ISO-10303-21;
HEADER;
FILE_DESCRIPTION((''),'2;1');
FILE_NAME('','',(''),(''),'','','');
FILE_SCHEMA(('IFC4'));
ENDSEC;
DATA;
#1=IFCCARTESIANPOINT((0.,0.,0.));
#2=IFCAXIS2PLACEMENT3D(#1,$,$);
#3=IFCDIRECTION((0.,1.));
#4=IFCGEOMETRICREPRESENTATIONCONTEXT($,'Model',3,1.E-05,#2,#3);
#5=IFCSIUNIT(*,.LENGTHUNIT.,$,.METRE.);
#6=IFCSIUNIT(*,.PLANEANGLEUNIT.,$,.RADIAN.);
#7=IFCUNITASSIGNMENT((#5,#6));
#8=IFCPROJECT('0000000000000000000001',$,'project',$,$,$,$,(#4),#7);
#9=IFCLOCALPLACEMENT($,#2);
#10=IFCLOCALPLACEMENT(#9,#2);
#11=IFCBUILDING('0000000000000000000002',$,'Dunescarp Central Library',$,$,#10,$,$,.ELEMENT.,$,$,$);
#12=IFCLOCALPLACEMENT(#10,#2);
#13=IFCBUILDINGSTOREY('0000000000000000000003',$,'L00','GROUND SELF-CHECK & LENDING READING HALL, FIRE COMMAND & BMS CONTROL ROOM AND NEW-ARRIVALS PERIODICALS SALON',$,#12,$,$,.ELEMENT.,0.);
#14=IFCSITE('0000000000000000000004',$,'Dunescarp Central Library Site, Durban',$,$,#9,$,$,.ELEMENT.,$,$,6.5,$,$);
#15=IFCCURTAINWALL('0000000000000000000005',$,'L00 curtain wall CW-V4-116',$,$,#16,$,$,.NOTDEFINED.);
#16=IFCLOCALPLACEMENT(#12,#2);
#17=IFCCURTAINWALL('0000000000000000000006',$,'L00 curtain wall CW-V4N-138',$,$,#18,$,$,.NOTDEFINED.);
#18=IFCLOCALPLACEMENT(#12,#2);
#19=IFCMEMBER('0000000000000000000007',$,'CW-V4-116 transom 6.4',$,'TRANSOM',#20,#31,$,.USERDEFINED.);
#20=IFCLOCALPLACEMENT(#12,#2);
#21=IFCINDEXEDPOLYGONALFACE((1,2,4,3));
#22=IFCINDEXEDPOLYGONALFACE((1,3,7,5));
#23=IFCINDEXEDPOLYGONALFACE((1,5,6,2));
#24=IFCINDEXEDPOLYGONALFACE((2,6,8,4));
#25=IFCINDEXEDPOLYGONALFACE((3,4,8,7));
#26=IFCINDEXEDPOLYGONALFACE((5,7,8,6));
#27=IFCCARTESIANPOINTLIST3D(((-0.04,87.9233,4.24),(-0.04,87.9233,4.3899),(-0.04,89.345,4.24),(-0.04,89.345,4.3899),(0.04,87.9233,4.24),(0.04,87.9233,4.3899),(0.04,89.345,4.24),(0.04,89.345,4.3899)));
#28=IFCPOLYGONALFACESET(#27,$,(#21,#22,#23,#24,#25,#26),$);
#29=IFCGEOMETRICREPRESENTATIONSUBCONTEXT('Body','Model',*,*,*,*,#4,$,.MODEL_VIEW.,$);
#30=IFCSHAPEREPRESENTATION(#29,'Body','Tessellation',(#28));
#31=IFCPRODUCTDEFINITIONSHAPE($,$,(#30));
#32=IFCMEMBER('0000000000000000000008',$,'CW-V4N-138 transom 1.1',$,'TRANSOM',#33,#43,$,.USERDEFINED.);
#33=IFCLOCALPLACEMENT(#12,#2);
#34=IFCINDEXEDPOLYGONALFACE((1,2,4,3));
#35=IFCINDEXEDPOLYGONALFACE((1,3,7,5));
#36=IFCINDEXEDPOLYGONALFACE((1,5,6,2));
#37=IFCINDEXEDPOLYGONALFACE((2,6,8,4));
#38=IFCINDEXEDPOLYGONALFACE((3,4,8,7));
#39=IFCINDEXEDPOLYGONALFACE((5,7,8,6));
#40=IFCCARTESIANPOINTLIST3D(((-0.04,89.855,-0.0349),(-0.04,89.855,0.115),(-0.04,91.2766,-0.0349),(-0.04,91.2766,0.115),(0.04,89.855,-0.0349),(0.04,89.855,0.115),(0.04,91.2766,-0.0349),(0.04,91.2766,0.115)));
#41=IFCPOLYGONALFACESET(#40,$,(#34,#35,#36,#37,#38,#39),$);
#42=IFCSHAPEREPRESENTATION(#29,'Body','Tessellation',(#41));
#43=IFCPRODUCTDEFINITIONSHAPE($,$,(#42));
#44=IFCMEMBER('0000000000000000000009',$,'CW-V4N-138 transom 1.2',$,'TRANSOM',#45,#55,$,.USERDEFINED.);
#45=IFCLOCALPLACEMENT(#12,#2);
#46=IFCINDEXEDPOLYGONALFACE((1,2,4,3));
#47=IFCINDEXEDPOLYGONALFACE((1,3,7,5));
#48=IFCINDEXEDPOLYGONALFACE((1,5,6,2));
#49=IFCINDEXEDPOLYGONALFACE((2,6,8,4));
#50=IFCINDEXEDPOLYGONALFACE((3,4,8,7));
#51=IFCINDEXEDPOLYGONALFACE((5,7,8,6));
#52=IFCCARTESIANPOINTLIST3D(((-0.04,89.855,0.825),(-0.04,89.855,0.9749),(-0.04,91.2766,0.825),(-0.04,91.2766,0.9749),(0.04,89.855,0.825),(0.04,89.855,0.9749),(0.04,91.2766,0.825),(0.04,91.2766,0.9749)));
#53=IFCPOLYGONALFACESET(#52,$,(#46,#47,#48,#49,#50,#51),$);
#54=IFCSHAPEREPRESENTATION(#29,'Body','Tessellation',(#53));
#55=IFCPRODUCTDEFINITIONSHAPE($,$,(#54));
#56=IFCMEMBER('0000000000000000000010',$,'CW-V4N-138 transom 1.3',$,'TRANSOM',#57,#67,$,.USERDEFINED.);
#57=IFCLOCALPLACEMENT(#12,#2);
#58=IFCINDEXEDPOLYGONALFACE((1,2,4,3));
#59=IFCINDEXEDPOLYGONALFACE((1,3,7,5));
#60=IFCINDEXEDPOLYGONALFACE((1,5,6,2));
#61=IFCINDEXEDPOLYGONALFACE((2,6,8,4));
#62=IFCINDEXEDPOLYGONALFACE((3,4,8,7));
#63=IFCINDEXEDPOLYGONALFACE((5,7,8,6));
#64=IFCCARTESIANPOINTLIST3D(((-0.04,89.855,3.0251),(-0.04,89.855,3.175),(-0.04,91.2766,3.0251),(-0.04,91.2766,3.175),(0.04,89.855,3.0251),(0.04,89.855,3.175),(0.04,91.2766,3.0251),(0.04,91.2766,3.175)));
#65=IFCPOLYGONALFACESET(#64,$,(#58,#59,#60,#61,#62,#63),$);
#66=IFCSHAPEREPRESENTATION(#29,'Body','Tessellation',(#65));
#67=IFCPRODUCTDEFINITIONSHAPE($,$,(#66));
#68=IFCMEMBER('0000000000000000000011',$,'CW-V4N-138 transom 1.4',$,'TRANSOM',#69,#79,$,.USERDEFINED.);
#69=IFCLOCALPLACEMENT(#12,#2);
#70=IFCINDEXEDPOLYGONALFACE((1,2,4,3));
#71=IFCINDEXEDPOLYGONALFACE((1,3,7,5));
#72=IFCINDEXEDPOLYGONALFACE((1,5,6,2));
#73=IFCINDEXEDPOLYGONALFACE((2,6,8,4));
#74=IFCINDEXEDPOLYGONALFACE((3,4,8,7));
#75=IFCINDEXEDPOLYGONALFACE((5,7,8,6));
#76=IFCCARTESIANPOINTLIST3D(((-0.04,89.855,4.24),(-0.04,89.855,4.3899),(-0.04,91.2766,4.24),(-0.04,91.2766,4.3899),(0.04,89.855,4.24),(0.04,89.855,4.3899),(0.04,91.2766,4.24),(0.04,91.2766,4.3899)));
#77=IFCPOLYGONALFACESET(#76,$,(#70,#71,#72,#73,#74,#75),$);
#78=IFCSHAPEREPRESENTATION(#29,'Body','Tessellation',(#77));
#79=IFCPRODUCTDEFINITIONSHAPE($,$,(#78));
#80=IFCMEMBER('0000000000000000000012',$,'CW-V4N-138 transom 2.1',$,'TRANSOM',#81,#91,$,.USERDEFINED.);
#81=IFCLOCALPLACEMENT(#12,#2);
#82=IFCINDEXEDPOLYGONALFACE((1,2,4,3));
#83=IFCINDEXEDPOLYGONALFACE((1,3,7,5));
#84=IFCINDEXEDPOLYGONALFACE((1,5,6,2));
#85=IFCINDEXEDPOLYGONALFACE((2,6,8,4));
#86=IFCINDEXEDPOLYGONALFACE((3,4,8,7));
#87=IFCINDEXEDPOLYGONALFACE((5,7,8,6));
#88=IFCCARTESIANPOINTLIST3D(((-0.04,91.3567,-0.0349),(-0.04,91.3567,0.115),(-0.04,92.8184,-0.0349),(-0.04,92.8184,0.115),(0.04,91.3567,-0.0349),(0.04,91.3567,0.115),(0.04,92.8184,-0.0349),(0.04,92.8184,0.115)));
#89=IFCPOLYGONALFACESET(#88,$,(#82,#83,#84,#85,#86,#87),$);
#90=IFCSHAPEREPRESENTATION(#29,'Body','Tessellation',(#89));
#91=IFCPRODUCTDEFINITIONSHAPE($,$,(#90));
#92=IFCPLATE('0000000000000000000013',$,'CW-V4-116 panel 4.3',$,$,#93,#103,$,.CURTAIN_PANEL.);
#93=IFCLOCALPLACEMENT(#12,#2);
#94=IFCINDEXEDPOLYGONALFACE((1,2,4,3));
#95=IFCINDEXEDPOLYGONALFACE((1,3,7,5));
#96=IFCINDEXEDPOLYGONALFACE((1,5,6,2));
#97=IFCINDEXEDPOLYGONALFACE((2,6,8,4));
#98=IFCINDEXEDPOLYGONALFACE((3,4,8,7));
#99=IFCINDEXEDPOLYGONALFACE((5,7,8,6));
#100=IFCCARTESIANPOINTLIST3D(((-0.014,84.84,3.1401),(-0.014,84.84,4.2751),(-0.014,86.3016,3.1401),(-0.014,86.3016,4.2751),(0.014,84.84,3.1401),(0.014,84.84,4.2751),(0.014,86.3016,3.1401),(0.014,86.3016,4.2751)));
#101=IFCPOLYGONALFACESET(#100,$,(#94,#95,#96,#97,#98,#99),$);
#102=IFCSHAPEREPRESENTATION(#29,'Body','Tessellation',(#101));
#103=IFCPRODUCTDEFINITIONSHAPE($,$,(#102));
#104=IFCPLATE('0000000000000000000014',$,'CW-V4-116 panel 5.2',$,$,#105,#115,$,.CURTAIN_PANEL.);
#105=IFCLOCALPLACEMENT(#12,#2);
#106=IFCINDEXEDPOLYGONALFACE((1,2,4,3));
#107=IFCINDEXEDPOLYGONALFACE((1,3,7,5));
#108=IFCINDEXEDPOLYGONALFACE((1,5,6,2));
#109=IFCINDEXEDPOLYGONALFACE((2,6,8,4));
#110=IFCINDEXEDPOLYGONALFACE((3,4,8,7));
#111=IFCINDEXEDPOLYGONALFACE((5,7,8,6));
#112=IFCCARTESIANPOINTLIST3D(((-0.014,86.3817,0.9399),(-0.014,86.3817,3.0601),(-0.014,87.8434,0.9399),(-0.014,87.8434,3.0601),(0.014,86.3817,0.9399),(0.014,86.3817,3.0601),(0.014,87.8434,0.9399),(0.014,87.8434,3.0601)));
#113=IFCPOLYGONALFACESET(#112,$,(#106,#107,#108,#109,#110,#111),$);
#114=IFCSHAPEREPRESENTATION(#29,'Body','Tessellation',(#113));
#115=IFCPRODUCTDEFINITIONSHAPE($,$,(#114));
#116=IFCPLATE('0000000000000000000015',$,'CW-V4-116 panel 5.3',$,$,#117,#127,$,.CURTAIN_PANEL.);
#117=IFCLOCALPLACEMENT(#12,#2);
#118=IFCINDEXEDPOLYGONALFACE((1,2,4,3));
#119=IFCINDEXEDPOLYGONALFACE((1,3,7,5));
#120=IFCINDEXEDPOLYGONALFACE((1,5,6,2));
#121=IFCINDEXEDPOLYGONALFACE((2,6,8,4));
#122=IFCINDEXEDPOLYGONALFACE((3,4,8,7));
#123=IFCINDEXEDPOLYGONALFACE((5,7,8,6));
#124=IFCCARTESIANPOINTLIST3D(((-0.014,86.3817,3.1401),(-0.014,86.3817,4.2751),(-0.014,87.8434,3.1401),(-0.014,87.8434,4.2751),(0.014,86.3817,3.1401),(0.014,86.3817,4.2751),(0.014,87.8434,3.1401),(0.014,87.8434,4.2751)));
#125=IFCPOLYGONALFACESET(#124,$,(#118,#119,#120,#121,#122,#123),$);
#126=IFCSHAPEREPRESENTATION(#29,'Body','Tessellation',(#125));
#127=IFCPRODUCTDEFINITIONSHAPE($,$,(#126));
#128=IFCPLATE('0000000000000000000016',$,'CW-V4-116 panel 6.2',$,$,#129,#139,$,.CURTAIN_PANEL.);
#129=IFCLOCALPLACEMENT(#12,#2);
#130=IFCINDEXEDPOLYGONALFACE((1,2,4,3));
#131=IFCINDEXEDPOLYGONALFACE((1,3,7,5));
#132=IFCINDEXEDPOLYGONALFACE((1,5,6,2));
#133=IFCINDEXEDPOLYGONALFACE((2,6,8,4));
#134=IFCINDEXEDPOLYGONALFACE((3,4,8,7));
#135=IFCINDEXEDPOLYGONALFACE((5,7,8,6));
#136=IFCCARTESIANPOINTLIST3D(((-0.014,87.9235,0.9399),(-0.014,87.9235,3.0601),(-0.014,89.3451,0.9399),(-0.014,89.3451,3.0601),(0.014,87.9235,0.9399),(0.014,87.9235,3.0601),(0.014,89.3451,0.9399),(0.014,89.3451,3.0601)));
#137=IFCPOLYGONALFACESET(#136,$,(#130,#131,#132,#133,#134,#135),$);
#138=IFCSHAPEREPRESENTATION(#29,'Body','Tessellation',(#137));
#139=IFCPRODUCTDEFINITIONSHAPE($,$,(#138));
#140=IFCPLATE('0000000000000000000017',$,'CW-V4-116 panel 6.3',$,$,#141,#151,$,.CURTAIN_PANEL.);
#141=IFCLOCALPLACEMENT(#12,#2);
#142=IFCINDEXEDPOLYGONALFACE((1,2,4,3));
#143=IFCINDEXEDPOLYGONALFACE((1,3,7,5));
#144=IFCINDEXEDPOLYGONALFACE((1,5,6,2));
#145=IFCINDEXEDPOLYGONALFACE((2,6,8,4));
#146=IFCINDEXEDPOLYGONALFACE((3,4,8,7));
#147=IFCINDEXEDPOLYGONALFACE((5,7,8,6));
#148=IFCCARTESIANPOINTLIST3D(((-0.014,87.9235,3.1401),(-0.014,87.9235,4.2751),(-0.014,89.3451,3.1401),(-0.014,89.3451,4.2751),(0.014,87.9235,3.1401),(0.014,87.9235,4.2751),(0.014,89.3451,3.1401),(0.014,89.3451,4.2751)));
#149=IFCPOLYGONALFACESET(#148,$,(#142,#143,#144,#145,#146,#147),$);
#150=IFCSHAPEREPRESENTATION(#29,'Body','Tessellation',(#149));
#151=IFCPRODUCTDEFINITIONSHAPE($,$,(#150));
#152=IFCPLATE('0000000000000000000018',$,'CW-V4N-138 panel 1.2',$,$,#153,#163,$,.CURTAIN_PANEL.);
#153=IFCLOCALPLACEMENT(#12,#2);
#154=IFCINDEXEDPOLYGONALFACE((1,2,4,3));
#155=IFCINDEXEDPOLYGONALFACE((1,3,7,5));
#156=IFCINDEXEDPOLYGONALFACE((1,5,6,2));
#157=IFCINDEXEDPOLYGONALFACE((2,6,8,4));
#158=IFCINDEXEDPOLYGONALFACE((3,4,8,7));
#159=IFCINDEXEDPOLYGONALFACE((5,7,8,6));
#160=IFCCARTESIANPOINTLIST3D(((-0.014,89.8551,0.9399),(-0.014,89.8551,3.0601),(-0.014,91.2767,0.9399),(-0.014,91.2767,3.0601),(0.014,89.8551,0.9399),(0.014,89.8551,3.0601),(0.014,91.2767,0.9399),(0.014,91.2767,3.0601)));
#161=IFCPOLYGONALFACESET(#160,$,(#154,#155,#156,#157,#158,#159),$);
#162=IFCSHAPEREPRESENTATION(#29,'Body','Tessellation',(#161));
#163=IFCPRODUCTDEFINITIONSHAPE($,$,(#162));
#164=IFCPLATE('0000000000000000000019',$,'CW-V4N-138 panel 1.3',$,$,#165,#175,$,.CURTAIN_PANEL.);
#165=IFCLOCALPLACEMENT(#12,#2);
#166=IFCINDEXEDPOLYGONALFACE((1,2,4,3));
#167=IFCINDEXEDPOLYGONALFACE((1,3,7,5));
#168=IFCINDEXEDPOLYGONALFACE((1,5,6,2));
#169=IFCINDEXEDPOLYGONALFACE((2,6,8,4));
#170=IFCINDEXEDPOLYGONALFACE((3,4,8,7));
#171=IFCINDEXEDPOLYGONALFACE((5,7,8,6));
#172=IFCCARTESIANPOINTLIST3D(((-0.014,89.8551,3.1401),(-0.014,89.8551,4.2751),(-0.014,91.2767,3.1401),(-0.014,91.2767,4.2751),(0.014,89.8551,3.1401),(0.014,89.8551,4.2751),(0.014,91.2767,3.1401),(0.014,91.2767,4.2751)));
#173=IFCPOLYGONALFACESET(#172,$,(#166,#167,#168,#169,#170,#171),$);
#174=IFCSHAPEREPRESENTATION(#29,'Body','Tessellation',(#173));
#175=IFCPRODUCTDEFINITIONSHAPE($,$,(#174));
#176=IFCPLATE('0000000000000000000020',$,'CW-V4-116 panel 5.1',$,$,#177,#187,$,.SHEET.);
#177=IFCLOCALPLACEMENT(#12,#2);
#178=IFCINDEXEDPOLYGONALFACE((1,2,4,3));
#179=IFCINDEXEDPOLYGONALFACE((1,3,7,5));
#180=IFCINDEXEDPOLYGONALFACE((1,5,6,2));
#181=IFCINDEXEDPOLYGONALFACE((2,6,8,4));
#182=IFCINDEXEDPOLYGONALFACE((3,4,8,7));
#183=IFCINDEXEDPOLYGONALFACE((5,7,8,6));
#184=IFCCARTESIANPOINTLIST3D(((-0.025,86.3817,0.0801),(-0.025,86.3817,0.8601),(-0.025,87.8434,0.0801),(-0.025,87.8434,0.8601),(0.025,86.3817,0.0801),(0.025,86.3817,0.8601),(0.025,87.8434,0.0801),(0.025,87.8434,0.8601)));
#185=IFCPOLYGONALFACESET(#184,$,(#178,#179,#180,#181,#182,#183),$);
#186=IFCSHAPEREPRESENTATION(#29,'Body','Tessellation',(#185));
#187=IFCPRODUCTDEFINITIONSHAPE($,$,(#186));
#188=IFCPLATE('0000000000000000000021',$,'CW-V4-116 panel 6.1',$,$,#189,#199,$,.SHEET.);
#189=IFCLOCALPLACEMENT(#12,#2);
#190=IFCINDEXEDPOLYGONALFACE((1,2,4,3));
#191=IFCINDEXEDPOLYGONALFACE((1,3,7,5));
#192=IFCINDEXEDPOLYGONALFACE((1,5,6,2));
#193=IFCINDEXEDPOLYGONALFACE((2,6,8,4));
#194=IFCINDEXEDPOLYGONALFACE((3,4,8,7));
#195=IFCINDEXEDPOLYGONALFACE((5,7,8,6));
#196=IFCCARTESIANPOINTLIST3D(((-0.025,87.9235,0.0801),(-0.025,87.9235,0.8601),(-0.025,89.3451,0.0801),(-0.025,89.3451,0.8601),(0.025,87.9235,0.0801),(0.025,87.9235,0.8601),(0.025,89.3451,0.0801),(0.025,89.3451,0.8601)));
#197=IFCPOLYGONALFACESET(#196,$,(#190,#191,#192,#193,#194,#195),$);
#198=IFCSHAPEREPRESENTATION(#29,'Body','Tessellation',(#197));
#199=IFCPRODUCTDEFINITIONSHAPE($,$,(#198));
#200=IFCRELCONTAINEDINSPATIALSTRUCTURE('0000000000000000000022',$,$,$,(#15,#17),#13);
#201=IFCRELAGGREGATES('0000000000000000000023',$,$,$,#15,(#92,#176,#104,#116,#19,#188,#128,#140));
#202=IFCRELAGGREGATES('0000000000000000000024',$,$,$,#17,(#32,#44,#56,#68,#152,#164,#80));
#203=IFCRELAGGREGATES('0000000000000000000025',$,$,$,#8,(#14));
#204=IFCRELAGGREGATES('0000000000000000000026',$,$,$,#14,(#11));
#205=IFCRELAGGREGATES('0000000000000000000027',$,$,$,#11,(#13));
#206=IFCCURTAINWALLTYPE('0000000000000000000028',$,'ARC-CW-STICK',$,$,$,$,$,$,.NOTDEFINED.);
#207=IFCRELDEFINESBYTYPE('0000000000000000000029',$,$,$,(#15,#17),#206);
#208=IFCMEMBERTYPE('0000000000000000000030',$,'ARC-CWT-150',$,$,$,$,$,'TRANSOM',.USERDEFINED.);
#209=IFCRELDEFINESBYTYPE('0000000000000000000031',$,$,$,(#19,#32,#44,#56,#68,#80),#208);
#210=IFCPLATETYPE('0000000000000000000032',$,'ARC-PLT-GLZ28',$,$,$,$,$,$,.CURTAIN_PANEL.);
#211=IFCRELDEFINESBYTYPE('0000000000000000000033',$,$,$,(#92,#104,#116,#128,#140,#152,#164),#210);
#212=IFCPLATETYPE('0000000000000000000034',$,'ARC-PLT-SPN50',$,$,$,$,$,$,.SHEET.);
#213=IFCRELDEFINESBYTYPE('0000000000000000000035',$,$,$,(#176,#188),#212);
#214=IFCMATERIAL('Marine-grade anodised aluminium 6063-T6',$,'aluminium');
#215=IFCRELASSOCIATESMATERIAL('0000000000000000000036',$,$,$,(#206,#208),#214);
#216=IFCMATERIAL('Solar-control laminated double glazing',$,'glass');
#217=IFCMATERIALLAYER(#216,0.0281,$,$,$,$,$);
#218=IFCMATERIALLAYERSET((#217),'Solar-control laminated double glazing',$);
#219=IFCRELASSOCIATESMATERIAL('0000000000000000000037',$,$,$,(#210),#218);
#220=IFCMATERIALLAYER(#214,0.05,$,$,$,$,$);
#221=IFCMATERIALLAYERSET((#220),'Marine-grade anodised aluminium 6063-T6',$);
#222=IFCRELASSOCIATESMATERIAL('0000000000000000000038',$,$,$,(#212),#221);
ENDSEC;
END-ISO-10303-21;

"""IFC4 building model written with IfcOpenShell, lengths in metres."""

from ifc_helpers import new_model, si_unit, direction, frame, origin, origin_2d, place, context, subcontext, project, spatial, rectangle, extrude, material, layer, layer_set, material_profile, profile_set, type_object, element, aggregate, save


model = new_model("IFC4")

# Units and contexts
model_context = context("Model", 3, precision=1e-05, world=origin(), true_north=direction((0.0, 1.0)))
body_context = subcontext(model_context, "Body", "Model", "MODEL_VIEW")
ifc_project = project(units=[si_unit("LENGTHUNIT", "METRE"), si_unit("PLANEANGLEUNIT", "RADIAN")], contexts=[model_context])

# Site, building, storey
site_placement = place(None, origin())
site = spatial("IfcSite", under=ifc_project, at=site_placement, Name="Dunescarp Central Library Site, Durban", CompositionType="ELEMENT", RefElevation=6.5)
building_placement = place(site_placement, origin())
building = spatial("IfcBuilding", under=site, at=building_placement, Name="Dunescarp Central Library", CompositionType="ELEMENT")
storey_placement = place(building_placement, origin())
storey = spatial("IfcBuildingStorey", under=building, at=storey_placement, Name="L00", Description="GROUND SELF-CHECK & LENDING READING HALL, FIRE COMMAND & BMS CONTROL ROOM AND NEW-ARRIVALS PERIODICALS SALON", CompositionType="ELEMENT", Elevation=0.0)

# Curtain walls
ifc_material_1 = material(Name="Marine-grade anodised aluminium 6063-T6", Category="aluminium")
curtain_wall_type = type_object("IfcCurtainWallType", Name="ARC-CW-STICK", PredefinedType="NOTDEFINED", material=ifc_material_1)
curtain_wall_1_placement = place(storey_placement, origin())
curtain_wall_1 = element("IfcCurtainWall", 1, at=curtain_wall_1_placement, inside=storey, type_object=curtain_wall_type, Name="L00 curtain wall CW-V4-116", PredefinedType="NOTDEFINED")
curtain_wall_2_placement = place(storey_placement, origin())
curtain_wall_2 = element("IfcCurtainWall", 2, at=curtain_wall_2_placement, inside=storey, type_object=curtain_wall_type, Name="L00 curtain wall CW-V4N-138", PredefinedType="NOTDEFINED")

# Members
ifc_material_profile_1 = material_profile(ifc_material_1, rectangle(XDim=0.0801, YDim=0.1499, at=origin_2d()), Name="AL 80x150")
ifc_profile_set_1 = profile_set([ifc_material_profile_1], Name="Marine-grade anodised aluminium 6063-T6")
member_type_1 = type_object("IfcMemberType", Name="ARC-CWT-150", ElementType="TRANSOM", PredefinedType="USERDEFINED", material=ifc_profile_set_1)
member_1_placement = place(storey_placement, frame((0.0, 87.9233, 4.3149), z_axis=(0.0, 1.0, 0.0), x_axis=(-1.0, 0.0, 0.0)))
member_1 = element("IfcMember", 3, at=member_1_placement, type_object=member_type_1, Name="CW-V4-116 transom 6.4", ObjectType="TRANSOM", PredefinedType="USERDEFINED", context=body_context, shape_type="SweptSolid", body=[
    extrude(rectangle(XDim=0.0801, YDim=0.1499, at=origin_2d()), origin(), (0.0, 0.0, 1.0), 1.4216),
])
member_2_placement = place(storey_placement, frame((0.0, 89.855, 0.04), z_axis=(0.0, 1.0, 0.0), x_axis=(-1.0, 0.0, 0.0)))
member_2 = element("IfcMember", 4, at=member_2_placement, type_object=member_type_1, Name="CW-V4N-138 transom 1.1", ObjectType="TRANSOM", PredefinedType="USERDEFINED", context=body_context, shape_type="SweptSolid", body=[
    extrude(rectangle(XDim=0.0801, YDim=0.1499, at=origin_2d()), origin(), (0.0, 0.0, 1.0), 1.4216),
])
member_3_placement = place(storey_placement, frame((0.0, 89.855, 0.8999), z_axis=(0.0, 1.0, 0.0), x_axis=(-1.0, 0.0, 0.0)))
member_3 = element("IfcMember", 5, at=member_3_placement, type_object=member_type_1, Name="CW-V4N-138 transom 1.2", ObjectType="TRANSOM", PredefinedType="USERDEFINED", context=body_context, shape_type="SweptSolid", body=[
    extrude(rectangle(XDim=0.0801, YDim=0.1499, at=origin_2d()), origin(), (0.0, 0.0, 1.0), 1.4216),
])
member_4_placement = place(storey_placement, frame((0.0, 89.855, 3.1001), z_axis=(0.0, 1.0, 0.0), x_axis=(-1.0, 0.0, 0.0)))
member_4 = element("IfcMember", 6, at=member_4_placement, type_object=member_type_1, Name="CW-V4N-138 transom 1.3", ObjectType="TRANSOM", PredefinedType="USERDEFINED", context=body_context, shape_type="SweptSolid", body=[
    extrude(rectangle(XDim=0.0801, YDim=0.1499, at=origin_2d()), origin(), (0.0, 0.0, 1.0), 1.4216),
])
member_5_placement = place(storey_placement, frame((0.0, 89.855, 4.3149), z_axis=(0.0, 1.0, 0.0), x_axis=(-1.0, 0.0, 0.0)))
member_5 = element("IfcMember", 7, at=member_5_placement, type_object=member_type_1, Name="CW-V4N-138 transom 1.4", ObjectType="TRANSOM", PredefinedType="USERDEFINED", context=body_context, shape_type="SweptSolid", body=[
    extrude(rectangle(XDim=0.0801, YDim=0.1499, at=origin_2d()), origin(), (0.0, 0.0, 1.0), 1.4216),
])
member_6_placement = place(storey_placement, frame((0.0, 91.3567, 0.04), z_axis=(0.0, 1.0, 0.0), x_axis=(-1.0, 0.0, 0.0)))
member_6 = element("IfcMember", 8, at=member_6_placement, type_object=member_type_1, Name="CW-V4N-138 transom 2.1", ObjectType="TRANSOM", PredefinedType="USERDEFINED", context=body_context, shape_type="SweptSolid", body=[
    extrude(rectangle(XDim=0.0801, YDim=0.1499, at=origin_2d()), origin(), (0.0, 0.0, 1.0), 1.4617),
])

# Plates
ifc_material_2 = material(Name="Solar-control laminated double glazing", Category="glass")
ifc_layer_1 = layer(ifc_material_2, 0.0281)
ifc_layer_set_1 = layer_set([ifc_layer_1], Name="Solar-control laminated double glazing")
plate_type_1 = type_object("IfcPlateType", Name="ARC-PLT-GLZ28", PredefinedType="CURTAIN_PANEL", material=ifc_layer_set_1)
plate_1_placement = place(storey_placement, frame((0.0, 85.5708, 3.1401), z_axis=(0.0, 0.0, 1.0), x_axis=(0.0, 1.0, 0.0)))
plate_1 = element("IfcPlate", 9, at=plate_1_placement, type_object=plate_type_1, Name="CW-V4-116 panel 4.3", PredefinedType="CURTAIN_PANEL", context=body_context, shape_type="SweptSolid", body=[
    extrude(rectangle(XDim=1.4617, YDim=0.0281, at=origin_2d()), origin(), (0.0, 0.0, 1.0), 1.135),
])
plate_2_placement = place(storey_placement, frame((0.0, 87.1125, 0.9399), z_axis=(0.0, 0.0, 1.0), x_axis=(0.0, 1.0, 0.0)))
plate_2 = element("IfcPlate", 10, at=plate_2_placement, type_object=plate_type_1, Name="CW-V4-116 panel 5.2", PredefinedType="CURTAIN_PANEL", context=body_context, shape_type="SweptSolid", body=[
    extrude(rectangle(XDim=1.4617, YDim=0.0281, at=origin_2d()), origin(), (0.0, 0.0, 1.0), 2.1201),
])
plate_3_placement = place(storey_placement, frame((0.0, 87.1125, 3.1401), z_axis=(0.0, 0.0, 1.0), x_axis=(0.0, 1.0, 0.0)))
plate_3 = element("IfcPlate", 11, at=plate_3_placement, type_object=plate_type_1, Name="CW-V4-116 panel 5.3", PredefinedType="CURTAIN_PANEL", context=body_context, shape_type="SweptSolid", body=[
    extrude(rectangle(XDim=1.4617, YDim=0.0281, at=origin_2d()), origin(), (0.0, 0.0, 1.0), 1.135),
])
plate_4_placement = place(storey_placement, frame((0.0, 88.6343, 0.9399), z_axis=(0.0, 0.0, 1.0), x_axis=(0.0, 1.0, 0.0)))
plate_4 = element("IfcPlate", 12, at=plate_4_placement, type_object=plate_type_1, Name="CW-V4-116 panel 6.2", PredefinedType="CURTAIN_PANEL", context=body_context, shape_type="SweptSolid", body=[
    extrude(rectangle(XDim=1.4216, YDim=0.0281, at=origin_2d()), origin(), (0.0, 0.0, 1.0), 2.1201),
])
plate_5_placement = place(storey_placement, frame((0.0, 88.6343, 3.1401), z_axis=(0.0, 0.0, 1.0), x_axis=(0.0, 1.0, 0.0)))
plate_5 = element("IfcPlate", 13, at=plate_5_placement, type_object=plate_type_1, Name="CW-V4-116 panel 6.3", PredefinedType="CURTAIN_PANEL", context=body_context, shape_type="SweptSolid", body=[
    extrude(rectangle(XDim=1.4216, YDim=0.0281, at=origin_2d()), origin(), (0.0, 0.0, 1.0), 1.135),
])
plate_6_placement = place(storey_placement, frame((0.0, 90.5659, 0.9399), z_axis=(0.0, 0.0, 1.0), x_axis=(0.0, 1.0, 0.0)))
plate_6 = element("IfcPlate", 14, at=plate_6_placement, type_object=plate_type_1, Name="CW-V4N-138 panel 1.2", PredefinedType="CURTAIN_PANEL", context=body_context, shape_type="SweptSolid", body=[
    extrude(rectangle(XDim=1.4216, YDim=0.0281, at=origin_2d()), origin(), (0.0, 0.0, 1.0), 2.1201),
])
plate_7_placement = place(storey_placement, frame((0.0, 90.5659, 3.1401), z_axis=(0.0, 0.0, 1.0), x_axis=(0.0, 1.0, 0.0)))
plate_7 = element("IfcPlate", 15, at=plate_7_placement, type_object=plate_type_1, Name="CW-V4N-138 panel 1.3", PredefinedType="CURTAIN_PANEL", context=body_context, shape_type="SweptSolid", body=[
    extrude(rectangle(XDim=1.4216, YDim=0.0281, at=origin_2d()), origin(), (0.0, 0.0, 1.0), 1.135),
])
ifc_layer_2 = layer(ifc_material_1, 0.05)
ifc_layer_set_2 = layer_set([ifc_layer_2], Name="Marine-grade anodised aluminium 6063-T6")
plate_type_2 = type_object("IfcPlateType", Name="ARC-PLT-SPN50", PredefinedType="SHEET", material=ifc_layer_set_2)
plate_8_placement = place(storey_placement, frame((0.0, 87.1125, 0.0801), z_axis=(0.0, 0.0, 1.0), x_axis=(0.0, 1.0, 0.0)))
plate_8 = element("IfcPlate", 16, at=plate_8_placement, type_object=plate_type_2, Name="CW-V4-116 panel 5.1", PredefinedType="SHEET", context=body_context, shape_type="SweptSolid", body=[
    extrude(rectangle(XDim=1.4617, YDim=0.05, at=origin_2d()), origin(), (0.0, 0.0, 1.0), 0.78),
])
plate_9_placement = place(storey_placement, frame((0.0, 88.6343, 0.0801), z_axis=(0.0, 0.0, 1.0), x_axis=(0.0, 1.0, 0.0)))
plate_9 = element("IfcPlate", 17, at=plate_9_placement, type_object=plate_type_2, Name="CW-V4-116 panel 6.1", PredefinedType="SHEET", context=body_context, shape_type="SweptSolid", body=[
    extrude(rectangle(XDim=1.4216, YDim=0.05, at=origin_2d()), origin(), (0.0, 0.0, 1.0), 0.78),
])
aggregate(curtain_wall_1, [plate_1, plate_8, plate_2, plate_3, member_1, plate_9, plate_4, plate_5])
aggregate(curtain_wall_2, [member_2, member_3, member_4, member_5, plate_6, plate_7, member_6])

save(model, "model.ifc")
